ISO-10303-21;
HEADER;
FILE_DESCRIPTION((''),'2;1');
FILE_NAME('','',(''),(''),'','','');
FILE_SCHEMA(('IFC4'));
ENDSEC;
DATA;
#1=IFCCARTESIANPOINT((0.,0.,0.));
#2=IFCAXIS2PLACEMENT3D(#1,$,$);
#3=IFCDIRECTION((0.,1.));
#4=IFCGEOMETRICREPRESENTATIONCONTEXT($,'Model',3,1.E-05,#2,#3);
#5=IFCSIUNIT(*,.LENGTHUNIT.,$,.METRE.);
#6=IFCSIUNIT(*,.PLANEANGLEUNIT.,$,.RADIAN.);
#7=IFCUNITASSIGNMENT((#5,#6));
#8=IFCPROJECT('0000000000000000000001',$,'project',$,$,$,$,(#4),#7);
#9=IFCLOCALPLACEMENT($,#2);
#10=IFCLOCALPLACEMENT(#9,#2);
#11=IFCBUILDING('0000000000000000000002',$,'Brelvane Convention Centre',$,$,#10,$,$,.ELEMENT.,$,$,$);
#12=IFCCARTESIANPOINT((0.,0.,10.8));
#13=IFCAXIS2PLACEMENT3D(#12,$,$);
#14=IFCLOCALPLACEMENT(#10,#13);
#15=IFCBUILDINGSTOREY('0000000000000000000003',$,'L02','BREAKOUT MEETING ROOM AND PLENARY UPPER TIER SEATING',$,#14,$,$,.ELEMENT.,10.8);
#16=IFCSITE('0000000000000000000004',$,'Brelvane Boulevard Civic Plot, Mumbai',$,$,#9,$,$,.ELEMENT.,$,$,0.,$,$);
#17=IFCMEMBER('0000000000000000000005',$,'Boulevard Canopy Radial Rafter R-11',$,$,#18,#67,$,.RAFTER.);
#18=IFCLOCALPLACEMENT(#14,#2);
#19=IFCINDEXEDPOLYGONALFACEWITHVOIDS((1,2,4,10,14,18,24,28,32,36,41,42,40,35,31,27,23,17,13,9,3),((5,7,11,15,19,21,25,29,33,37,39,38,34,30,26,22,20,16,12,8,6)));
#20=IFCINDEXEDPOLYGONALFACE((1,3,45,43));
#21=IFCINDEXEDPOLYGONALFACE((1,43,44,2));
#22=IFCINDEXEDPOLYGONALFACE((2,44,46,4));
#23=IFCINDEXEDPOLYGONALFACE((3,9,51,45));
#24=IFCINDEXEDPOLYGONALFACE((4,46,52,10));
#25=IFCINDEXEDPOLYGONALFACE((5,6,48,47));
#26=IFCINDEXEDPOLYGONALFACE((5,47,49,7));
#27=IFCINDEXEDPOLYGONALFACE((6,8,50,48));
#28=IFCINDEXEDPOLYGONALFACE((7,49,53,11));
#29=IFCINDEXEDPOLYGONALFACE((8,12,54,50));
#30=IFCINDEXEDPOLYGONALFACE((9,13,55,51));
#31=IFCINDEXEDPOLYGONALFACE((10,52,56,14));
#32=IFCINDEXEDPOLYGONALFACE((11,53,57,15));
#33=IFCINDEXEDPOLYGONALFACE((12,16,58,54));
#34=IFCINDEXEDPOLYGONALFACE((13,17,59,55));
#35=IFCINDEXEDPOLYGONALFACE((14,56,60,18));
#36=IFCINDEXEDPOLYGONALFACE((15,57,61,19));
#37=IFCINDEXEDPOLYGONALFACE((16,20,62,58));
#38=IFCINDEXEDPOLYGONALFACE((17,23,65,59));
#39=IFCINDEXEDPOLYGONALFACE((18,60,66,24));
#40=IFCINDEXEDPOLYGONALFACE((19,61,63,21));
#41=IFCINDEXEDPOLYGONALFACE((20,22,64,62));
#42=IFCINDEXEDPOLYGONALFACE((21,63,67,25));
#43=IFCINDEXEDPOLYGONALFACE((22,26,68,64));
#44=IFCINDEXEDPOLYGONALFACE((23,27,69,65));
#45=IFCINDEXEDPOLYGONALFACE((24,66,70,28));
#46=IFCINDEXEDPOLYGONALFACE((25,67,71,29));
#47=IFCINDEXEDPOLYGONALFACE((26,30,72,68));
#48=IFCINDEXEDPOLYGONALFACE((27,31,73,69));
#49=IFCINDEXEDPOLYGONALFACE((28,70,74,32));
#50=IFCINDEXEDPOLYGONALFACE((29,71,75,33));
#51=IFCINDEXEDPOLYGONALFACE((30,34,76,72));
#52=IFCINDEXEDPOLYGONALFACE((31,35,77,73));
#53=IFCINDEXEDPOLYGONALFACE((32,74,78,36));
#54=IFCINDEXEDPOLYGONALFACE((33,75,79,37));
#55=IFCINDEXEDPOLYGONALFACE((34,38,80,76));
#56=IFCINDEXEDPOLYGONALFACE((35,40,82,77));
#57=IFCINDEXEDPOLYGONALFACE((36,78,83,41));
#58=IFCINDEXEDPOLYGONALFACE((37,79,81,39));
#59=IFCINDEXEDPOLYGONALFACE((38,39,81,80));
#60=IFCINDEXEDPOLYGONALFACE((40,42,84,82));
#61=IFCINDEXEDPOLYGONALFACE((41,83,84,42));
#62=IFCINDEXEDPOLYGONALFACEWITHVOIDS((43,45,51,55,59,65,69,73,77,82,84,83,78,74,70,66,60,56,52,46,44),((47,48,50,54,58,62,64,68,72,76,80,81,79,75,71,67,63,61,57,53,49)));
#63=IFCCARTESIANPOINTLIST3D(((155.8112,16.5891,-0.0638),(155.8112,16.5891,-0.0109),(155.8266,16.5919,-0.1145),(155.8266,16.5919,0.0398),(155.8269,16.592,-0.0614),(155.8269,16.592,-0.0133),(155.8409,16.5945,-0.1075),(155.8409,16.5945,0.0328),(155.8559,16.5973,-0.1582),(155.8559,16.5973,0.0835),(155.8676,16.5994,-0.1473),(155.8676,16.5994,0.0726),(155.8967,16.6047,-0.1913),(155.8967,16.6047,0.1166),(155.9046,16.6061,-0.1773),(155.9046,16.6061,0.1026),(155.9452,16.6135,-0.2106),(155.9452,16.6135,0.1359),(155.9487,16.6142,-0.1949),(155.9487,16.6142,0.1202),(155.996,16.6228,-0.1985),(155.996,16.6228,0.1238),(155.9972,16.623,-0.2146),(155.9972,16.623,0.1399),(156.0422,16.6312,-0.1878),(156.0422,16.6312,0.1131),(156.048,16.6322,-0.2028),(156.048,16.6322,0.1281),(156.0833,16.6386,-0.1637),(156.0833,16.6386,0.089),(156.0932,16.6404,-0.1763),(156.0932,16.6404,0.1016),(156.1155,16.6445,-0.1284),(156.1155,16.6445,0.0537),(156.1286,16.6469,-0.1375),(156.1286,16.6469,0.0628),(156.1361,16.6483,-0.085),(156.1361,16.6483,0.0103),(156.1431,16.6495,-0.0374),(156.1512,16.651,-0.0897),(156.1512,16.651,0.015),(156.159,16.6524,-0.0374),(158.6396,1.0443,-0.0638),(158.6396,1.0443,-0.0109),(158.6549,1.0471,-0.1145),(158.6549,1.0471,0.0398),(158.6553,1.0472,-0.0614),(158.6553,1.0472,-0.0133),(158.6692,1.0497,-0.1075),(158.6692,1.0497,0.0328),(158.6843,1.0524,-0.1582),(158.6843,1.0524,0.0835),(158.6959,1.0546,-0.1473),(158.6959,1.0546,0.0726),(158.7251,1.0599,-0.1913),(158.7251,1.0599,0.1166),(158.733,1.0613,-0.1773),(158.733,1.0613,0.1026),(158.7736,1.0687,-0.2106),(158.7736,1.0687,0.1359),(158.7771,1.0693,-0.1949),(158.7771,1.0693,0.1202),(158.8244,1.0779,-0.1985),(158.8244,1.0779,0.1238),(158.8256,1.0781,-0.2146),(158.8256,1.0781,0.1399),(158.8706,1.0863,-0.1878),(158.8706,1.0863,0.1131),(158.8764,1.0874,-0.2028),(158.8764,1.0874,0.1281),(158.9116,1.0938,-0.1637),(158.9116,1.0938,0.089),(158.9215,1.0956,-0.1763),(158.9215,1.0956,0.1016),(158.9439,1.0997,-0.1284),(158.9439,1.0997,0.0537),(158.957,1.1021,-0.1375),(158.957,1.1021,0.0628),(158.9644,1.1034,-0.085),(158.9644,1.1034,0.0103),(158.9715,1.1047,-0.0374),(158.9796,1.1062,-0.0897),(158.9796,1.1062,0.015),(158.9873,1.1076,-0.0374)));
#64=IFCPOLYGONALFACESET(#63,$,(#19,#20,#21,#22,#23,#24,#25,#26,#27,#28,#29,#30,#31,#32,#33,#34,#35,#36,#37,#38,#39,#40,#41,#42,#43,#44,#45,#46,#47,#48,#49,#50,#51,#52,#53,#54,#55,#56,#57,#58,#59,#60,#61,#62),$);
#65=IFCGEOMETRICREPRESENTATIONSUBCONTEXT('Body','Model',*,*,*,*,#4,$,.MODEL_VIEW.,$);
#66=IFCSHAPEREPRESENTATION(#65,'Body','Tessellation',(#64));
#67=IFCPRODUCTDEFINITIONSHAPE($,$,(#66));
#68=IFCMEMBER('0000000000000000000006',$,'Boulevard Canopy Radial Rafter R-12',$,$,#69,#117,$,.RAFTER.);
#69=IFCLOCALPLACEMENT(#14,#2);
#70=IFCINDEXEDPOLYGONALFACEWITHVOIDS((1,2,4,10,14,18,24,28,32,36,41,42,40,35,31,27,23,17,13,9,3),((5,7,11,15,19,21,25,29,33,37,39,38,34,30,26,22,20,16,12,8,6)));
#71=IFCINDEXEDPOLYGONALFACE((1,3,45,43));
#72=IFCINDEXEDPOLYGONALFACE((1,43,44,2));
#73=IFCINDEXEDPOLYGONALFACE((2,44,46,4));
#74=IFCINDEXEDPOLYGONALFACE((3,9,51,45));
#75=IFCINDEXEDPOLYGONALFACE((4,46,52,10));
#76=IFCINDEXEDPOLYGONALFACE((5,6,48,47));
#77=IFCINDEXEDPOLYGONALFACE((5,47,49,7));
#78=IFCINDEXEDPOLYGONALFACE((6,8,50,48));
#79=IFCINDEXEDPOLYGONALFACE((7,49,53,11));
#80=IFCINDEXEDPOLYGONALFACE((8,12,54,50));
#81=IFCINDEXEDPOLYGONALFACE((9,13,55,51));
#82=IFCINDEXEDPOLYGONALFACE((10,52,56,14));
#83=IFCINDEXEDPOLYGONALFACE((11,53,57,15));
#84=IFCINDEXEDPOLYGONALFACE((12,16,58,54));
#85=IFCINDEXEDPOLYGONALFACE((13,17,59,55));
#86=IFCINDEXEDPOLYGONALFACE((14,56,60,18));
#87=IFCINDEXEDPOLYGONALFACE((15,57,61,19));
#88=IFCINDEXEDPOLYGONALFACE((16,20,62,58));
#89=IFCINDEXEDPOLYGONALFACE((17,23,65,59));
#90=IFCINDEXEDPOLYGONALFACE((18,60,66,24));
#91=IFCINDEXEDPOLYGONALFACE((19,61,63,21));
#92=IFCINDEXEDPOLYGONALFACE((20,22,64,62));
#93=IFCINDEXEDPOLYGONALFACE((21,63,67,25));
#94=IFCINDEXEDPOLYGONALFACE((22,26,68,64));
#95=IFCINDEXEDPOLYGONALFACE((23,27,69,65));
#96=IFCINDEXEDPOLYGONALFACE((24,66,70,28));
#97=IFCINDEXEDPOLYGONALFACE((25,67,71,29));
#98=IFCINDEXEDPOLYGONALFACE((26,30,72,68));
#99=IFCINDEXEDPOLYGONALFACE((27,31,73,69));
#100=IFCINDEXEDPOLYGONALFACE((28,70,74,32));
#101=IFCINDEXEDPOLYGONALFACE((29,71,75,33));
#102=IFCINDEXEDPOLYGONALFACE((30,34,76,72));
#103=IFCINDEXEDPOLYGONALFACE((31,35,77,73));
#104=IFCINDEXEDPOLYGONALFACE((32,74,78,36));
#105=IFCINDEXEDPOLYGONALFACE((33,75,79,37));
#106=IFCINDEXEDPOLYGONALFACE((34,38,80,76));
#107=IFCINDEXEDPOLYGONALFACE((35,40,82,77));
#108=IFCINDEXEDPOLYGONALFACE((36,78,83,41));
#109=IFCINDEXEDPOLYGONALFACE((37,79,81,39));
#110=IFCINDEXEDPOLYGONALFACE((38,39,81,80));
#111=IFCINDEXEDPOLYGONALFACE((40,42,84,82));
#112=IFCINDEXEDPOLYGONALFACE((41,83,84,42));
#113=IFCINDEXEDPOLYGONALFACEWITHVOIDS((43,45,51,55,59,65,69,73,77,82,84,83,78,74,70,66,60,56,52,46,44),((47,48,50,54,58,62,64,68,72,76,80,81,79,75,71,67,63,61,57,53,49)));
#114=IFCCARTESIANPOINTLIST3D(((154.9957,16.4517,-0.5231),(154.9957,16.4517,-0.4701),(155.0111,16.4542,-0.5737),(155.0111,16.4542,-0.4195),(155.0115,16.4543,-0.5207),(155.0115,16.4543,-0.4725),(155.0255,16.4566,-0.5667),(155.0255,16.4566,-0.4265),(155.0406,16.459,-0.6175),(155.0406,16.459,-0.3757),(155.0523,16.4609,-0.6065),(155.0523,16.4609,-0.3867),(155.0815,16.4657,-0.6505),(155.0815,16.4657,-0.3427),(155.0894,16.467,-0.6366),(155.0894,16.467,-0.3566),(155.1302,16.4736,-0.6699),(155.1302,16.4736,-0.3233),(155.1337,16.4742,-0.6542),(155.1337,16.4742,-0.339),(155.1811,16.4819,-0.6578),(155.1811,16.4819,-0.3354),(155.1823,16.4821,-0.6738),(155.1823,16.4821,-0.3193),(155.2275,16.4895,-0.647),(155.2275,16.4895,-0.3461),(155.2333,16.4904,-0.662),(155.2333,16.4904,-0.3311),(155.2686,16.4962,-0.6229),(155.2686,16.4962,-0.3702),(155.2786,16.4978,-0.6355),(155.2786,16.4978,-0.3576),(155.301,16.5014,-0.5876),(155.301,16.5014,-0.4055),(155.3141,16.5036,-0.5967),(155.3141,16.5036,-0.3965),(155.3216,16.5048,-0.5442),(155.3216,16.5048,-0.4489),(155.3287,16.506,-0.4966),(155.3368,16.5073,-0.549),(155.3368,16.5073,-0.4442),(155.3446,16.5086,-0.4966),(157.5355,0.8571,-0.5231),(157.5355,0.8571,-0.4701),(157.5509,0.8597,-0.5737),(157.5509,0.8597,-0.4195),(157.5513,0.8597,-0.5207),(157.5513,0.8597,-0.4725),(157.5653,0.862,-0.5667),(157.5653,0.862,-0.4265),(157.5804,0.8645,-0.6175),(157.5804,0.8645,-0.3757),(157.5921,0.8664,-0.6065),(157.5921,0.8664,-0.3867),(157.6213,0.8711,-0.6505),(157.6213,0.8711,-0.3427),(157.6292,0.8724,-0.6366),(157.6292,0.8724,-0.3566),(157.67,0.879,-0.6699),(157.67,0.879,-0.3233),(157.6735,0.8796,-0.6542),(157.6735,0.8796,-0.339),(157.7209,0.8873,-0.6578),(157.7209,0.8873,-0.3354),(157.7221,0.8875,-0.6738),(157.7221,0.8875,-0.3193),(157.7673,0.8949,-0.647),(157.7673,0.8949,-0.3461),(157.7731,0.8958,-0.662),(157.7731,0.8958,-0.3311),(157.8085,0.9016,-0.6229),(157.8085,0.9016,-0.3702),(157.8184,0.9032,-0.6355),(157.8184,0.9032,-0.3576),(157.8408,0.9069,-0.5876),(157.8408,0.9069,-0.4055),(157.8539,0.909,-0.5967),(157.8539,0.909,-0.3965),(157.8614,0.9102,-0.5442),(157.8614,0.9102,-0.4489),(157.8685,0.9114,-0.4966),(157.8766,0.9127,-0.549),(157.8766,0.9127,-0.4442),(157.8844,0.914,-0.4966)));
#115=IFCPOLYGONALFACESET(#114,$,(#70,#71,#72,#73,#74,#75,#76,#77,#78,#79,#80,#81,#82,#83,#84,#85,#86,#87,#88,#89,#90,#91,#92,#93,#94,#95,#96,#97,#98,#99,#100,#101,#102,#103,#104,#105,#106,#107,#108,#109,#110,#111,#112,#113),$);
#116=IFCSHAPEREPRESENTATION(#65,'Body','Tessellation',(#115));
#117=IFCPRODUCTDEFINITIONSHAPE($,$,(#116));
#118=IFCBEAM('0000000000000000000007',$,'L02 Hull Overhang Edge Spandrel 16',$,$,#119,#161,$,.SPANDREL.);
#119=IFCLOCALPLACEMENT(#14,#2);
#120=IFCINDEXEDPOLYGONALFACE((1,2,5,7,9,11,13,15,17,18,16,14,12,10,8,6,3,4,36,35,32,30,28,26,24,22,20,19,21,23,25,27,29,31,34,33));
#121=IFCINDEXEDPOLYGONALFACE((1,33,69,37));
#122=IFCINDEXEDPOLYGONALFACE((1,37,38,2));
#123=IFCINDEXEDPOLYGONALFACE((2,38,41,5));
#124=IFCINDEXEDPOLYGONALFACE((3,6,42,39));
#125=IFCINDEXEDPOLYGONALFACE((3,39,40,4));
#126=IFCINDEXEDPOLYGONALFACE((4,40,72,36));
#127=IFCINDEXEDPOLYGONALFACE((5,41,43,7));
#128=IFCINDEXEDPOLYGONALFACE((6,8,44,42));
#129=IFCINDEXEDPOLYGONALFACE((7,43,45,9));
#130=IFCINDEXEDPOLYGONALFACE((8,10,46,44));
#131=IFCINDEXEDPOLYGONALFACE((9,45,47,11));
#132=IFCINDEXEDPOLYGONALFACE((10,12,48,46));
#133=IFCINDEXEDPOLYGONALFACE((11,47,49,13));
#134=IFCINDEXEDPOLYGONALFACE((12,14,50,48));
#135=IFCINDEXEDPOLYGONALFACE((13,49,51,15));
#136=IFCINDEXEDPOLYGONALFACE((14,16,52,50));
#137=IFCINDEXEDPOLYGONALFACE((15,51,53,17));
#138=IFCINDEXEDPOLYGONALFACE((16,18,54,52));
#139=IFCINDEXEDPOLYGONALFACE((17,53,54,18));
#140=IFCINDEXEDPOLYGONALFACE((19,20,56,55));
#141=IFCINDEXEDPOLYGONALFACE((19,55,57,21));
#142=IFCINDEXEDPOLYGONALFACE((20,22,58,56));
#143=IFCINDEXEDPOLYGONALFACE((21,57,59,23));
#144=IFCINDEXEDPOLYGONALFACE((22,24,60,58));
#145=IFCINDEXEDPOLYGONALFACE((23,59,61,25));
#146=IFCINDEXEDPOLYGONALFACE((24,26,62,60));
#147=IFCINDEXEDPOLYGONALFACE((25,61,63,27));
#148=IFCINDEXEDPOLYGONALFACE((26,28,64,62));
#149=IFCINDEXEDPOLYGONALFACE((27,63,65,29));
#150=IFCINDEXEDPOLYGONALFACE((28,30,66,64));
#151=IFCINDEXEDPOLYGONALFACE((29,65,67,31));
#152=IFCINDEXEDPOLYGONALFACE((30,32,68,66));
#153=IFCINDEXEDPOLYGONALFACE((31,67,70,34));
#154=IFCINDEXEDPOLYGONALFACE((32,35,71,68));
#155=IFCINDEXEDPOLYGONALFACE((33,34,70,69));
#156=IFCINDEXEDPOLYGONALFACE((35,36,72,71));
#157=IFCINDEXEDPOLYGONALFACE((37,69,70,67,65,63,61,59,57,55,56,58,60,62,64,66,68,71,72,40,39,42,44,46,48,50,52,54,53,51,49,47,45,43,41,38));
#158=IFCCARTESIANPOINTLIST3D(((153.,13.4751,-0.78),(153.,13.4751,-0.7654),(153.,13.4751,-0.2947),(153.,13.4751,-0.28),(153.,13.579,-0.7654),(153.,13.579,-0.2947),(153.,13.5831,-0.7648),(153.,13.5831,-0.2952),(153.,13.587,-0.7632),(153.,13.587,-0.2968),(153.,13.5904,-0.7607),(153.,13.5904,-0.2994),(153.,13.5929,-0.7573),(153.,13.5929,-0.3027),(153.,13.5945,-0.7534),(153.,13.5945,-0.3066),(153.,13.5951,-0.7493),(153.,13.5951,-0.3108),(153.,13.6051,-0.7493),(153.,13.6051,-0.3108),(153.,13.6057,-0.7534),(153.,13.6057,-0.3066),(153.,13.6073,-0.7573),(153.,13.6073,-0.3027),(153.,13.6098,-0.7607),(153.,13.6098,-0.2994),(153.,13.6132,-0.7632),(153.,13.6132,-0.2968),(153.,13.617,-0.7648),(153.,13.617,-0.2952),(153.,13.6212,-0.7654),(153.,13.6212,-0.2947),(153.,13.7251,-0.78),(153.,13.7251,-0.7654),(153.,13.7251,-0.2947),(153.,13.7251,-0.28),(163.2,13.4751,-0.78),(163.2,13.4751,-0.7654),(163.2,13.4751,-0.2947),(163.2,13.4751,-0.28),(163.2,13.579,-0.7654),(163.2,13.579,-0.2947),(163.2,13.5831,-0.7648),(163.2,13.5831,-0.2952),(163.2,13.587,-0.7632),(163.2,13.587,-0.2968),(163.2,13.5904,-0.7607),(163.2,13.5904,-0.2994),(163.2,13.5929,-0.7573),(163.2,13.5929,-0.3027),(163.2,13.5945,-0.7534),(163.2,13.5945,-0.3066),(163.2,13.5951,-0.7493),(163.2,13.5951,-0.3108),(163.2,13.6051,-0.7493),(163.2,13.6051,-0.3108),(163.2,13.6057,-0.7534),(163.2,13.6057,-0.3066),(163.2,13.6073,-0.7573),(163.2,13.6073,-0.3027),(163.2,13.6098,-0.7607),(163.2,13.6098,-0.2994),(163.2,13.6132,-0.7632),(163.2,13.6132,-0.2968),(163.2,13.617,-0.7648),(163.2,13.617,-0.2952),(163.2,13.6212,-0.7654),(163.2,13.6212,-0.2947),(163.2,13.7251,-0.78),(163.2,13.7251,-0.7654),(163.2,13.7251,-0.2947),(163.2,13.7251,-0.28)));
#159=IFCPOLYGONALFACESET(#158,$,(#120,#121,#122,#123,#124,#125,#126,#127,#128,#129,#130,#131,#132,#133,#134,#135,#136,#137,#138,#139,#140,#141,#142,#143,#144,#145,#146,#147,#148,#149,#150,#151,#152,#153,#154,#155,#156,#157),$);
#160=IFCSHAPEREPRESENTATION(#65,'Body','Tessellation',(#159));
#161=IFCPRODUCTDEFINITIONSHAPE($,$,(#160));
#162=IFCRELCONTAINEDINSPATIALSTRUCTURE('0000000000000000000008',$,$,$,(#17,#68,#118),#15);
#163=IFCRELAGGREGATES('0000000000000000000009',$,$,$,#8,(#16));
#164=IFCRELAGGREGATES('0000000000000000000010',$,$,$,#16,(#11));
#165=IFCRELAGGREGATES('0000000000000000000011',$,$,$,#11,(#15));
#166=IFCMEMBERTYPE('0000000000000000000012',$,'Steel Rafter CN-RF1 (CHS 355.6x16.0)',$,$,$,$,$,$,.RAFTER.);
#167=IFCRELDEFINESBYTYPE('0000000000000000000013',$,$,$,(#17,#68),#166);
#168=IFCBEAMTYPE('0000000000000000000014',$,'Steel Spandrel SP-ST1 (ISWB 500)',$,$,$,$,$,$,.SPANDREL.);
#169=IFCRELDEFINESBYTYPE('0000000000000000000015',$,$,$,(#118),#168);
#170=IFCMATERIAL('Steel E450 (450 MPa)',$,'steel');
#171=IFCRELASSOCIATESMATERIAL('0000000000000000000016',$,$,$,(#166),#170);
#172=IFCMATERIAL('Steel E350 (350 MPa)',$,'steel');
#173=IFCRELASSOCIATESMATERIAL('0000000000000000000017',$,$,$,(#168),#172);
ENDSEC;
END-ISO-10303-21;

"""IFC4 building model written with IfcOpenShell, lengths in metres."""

from ifc_helpers import new_model, si_unit, direction, frame, origin, origin_2d, place, context, subcontext, project, spatial, hollow_circle, i_section, extrude, material, material_profile, profile_set, type_object, element, save


model = new_model("IFC4")

# Units and contexts
model_context = context("Model", 3, precision=1e-05, world=origin(), true_north=direction((0.0, 1.0)))
body_context = subcontext(model_context, "Body", "Model", "MODEL_VIEW")
ifc_project = project(units=[si_unit("LENGTHUNIT", "METRE"), si_unit("PLANEANGLEUNIT", "RADIAN")], contexts=[model_context])

# Site, building, storey
site_placement = place(None, origin())
site = spatial("IfcSite", under=ifc_project, at=site_placement, Name="Brelvane Boulevard Civic Plot, Mumbai", CompositionType="ELEMENT", RefElevation=0.0)
building_placement = place(site_placement, origin())
building = spatial("IfcBuilding", under=site, at=building_placement, Name="Brelvane Convention Centre", CompositionType="ELEMENT")
storey_placement = place(building_placement, frame((0.0, 0.0, 10.8)))
storey = spatial("IfcBuildingStorey", under=building, at=storey_placement, Name="L02", Description="BREAKOUT MEETING ROOM AND PLENARY UPPER TIER SEATING", CompositionType="ELEMENT", Elevation=10.8)

# Members
ifc_material_1 = material(Name="Steel E450 (450 MPa)", Category="steel")
ifc_material_profile_1 = material_profile(ifc_material_1, hollow_circle(Radius=0.1777, WallThickness=0.0161, at=origin_2d()), Name="CHS 355.6x16.0")
ifc_profile_set_1 = profile_set([ifc_material_profile_1], Name="Steel E450 (450 MPa)")
member_type_1 = type_object("IfcMemberType", Name="Steel Rafter CN-RF1 (CHS 355.6x16.0)", PredefinedType="RAFTER", material=ifc_profile_set_1)
for number, where, z_axis, x_axis, name in (
    (1, (155.9841, 16.6206, -0.0374), (0.179009, -0.983847, 0.0), (0.983847, 0.179009, 0.0), "Boulevard Canopy Radial Rafter R-11"),
    (2, (155.1692, 16.48, -0.4966), (0.160747, -0.986996, 0.0), (0.986996, 0.160747, 0.0), "Boulevard Canopy Radial Rafter R-12"),
):
    element("IfcMember", number, at=place(storey_placement, frame(where, z_axis=z_axis, x_axis=x_axis)), inside=storey, type_object=member_type_1, Name=name, PredefinedType="RAFTER", context=body_context, shape_type="SweptSolid", body=[
        extrude(hollow_circle(Radius=0.1777, WallThickness=0.0161, at=origin_2d()), origin(), (0.0, 0.0, 1.0), 15.8),
    ])

# Beam
ifc_material_2 = material(Name="Steel E350 (350 MPa)", Category="steel")
ifc_material_profile_2 = material_profile(ifc_material_2, i_section(OverallWidth=0.25, OverallDepth=0.5, WebThickness=0.01, FlangeThickness=0.0146, FilletRadius=0.0161, at=origin_2d()), Name="ISWB 500")
ifc_profile_set_2 = profile_set([ifc_material_profile_2], Name="Steel E350 (350 MPa)")
beam_type_1 = type_object("IfcBeamType", Name="Steel Spandrel SP-ST1 (ISWB 500)", PredefinedType="SPANDREL", material=ifc_profile_set_2)
beam_1_placement = place(storey_placement, frame((153.0, 13.6001, -0.53), z_axis=(1.0, 0.0, 0.0), x_axis=(0.0, 1.0, 0.0)))
element("IfcBeam", 3, at=beam_1_placement, inside=storey, type_object=beam_type_1, Name="L02 Hull Overhang Edge Spandrel 16", PredefinedType="SPANDREL", context=body_context, shape_type="SweptSolid", body=[
    extrude(i_section(OverallWidth=0.25, OverallDepth=0.5, WebThickness=0.01, FlangeThickness=0.0146, FilletRadius=0.0161, at=origin_2d()), origin(), (0.0, 0.0, 1.0), 10.2),
])

save(model, "model.ifc")
